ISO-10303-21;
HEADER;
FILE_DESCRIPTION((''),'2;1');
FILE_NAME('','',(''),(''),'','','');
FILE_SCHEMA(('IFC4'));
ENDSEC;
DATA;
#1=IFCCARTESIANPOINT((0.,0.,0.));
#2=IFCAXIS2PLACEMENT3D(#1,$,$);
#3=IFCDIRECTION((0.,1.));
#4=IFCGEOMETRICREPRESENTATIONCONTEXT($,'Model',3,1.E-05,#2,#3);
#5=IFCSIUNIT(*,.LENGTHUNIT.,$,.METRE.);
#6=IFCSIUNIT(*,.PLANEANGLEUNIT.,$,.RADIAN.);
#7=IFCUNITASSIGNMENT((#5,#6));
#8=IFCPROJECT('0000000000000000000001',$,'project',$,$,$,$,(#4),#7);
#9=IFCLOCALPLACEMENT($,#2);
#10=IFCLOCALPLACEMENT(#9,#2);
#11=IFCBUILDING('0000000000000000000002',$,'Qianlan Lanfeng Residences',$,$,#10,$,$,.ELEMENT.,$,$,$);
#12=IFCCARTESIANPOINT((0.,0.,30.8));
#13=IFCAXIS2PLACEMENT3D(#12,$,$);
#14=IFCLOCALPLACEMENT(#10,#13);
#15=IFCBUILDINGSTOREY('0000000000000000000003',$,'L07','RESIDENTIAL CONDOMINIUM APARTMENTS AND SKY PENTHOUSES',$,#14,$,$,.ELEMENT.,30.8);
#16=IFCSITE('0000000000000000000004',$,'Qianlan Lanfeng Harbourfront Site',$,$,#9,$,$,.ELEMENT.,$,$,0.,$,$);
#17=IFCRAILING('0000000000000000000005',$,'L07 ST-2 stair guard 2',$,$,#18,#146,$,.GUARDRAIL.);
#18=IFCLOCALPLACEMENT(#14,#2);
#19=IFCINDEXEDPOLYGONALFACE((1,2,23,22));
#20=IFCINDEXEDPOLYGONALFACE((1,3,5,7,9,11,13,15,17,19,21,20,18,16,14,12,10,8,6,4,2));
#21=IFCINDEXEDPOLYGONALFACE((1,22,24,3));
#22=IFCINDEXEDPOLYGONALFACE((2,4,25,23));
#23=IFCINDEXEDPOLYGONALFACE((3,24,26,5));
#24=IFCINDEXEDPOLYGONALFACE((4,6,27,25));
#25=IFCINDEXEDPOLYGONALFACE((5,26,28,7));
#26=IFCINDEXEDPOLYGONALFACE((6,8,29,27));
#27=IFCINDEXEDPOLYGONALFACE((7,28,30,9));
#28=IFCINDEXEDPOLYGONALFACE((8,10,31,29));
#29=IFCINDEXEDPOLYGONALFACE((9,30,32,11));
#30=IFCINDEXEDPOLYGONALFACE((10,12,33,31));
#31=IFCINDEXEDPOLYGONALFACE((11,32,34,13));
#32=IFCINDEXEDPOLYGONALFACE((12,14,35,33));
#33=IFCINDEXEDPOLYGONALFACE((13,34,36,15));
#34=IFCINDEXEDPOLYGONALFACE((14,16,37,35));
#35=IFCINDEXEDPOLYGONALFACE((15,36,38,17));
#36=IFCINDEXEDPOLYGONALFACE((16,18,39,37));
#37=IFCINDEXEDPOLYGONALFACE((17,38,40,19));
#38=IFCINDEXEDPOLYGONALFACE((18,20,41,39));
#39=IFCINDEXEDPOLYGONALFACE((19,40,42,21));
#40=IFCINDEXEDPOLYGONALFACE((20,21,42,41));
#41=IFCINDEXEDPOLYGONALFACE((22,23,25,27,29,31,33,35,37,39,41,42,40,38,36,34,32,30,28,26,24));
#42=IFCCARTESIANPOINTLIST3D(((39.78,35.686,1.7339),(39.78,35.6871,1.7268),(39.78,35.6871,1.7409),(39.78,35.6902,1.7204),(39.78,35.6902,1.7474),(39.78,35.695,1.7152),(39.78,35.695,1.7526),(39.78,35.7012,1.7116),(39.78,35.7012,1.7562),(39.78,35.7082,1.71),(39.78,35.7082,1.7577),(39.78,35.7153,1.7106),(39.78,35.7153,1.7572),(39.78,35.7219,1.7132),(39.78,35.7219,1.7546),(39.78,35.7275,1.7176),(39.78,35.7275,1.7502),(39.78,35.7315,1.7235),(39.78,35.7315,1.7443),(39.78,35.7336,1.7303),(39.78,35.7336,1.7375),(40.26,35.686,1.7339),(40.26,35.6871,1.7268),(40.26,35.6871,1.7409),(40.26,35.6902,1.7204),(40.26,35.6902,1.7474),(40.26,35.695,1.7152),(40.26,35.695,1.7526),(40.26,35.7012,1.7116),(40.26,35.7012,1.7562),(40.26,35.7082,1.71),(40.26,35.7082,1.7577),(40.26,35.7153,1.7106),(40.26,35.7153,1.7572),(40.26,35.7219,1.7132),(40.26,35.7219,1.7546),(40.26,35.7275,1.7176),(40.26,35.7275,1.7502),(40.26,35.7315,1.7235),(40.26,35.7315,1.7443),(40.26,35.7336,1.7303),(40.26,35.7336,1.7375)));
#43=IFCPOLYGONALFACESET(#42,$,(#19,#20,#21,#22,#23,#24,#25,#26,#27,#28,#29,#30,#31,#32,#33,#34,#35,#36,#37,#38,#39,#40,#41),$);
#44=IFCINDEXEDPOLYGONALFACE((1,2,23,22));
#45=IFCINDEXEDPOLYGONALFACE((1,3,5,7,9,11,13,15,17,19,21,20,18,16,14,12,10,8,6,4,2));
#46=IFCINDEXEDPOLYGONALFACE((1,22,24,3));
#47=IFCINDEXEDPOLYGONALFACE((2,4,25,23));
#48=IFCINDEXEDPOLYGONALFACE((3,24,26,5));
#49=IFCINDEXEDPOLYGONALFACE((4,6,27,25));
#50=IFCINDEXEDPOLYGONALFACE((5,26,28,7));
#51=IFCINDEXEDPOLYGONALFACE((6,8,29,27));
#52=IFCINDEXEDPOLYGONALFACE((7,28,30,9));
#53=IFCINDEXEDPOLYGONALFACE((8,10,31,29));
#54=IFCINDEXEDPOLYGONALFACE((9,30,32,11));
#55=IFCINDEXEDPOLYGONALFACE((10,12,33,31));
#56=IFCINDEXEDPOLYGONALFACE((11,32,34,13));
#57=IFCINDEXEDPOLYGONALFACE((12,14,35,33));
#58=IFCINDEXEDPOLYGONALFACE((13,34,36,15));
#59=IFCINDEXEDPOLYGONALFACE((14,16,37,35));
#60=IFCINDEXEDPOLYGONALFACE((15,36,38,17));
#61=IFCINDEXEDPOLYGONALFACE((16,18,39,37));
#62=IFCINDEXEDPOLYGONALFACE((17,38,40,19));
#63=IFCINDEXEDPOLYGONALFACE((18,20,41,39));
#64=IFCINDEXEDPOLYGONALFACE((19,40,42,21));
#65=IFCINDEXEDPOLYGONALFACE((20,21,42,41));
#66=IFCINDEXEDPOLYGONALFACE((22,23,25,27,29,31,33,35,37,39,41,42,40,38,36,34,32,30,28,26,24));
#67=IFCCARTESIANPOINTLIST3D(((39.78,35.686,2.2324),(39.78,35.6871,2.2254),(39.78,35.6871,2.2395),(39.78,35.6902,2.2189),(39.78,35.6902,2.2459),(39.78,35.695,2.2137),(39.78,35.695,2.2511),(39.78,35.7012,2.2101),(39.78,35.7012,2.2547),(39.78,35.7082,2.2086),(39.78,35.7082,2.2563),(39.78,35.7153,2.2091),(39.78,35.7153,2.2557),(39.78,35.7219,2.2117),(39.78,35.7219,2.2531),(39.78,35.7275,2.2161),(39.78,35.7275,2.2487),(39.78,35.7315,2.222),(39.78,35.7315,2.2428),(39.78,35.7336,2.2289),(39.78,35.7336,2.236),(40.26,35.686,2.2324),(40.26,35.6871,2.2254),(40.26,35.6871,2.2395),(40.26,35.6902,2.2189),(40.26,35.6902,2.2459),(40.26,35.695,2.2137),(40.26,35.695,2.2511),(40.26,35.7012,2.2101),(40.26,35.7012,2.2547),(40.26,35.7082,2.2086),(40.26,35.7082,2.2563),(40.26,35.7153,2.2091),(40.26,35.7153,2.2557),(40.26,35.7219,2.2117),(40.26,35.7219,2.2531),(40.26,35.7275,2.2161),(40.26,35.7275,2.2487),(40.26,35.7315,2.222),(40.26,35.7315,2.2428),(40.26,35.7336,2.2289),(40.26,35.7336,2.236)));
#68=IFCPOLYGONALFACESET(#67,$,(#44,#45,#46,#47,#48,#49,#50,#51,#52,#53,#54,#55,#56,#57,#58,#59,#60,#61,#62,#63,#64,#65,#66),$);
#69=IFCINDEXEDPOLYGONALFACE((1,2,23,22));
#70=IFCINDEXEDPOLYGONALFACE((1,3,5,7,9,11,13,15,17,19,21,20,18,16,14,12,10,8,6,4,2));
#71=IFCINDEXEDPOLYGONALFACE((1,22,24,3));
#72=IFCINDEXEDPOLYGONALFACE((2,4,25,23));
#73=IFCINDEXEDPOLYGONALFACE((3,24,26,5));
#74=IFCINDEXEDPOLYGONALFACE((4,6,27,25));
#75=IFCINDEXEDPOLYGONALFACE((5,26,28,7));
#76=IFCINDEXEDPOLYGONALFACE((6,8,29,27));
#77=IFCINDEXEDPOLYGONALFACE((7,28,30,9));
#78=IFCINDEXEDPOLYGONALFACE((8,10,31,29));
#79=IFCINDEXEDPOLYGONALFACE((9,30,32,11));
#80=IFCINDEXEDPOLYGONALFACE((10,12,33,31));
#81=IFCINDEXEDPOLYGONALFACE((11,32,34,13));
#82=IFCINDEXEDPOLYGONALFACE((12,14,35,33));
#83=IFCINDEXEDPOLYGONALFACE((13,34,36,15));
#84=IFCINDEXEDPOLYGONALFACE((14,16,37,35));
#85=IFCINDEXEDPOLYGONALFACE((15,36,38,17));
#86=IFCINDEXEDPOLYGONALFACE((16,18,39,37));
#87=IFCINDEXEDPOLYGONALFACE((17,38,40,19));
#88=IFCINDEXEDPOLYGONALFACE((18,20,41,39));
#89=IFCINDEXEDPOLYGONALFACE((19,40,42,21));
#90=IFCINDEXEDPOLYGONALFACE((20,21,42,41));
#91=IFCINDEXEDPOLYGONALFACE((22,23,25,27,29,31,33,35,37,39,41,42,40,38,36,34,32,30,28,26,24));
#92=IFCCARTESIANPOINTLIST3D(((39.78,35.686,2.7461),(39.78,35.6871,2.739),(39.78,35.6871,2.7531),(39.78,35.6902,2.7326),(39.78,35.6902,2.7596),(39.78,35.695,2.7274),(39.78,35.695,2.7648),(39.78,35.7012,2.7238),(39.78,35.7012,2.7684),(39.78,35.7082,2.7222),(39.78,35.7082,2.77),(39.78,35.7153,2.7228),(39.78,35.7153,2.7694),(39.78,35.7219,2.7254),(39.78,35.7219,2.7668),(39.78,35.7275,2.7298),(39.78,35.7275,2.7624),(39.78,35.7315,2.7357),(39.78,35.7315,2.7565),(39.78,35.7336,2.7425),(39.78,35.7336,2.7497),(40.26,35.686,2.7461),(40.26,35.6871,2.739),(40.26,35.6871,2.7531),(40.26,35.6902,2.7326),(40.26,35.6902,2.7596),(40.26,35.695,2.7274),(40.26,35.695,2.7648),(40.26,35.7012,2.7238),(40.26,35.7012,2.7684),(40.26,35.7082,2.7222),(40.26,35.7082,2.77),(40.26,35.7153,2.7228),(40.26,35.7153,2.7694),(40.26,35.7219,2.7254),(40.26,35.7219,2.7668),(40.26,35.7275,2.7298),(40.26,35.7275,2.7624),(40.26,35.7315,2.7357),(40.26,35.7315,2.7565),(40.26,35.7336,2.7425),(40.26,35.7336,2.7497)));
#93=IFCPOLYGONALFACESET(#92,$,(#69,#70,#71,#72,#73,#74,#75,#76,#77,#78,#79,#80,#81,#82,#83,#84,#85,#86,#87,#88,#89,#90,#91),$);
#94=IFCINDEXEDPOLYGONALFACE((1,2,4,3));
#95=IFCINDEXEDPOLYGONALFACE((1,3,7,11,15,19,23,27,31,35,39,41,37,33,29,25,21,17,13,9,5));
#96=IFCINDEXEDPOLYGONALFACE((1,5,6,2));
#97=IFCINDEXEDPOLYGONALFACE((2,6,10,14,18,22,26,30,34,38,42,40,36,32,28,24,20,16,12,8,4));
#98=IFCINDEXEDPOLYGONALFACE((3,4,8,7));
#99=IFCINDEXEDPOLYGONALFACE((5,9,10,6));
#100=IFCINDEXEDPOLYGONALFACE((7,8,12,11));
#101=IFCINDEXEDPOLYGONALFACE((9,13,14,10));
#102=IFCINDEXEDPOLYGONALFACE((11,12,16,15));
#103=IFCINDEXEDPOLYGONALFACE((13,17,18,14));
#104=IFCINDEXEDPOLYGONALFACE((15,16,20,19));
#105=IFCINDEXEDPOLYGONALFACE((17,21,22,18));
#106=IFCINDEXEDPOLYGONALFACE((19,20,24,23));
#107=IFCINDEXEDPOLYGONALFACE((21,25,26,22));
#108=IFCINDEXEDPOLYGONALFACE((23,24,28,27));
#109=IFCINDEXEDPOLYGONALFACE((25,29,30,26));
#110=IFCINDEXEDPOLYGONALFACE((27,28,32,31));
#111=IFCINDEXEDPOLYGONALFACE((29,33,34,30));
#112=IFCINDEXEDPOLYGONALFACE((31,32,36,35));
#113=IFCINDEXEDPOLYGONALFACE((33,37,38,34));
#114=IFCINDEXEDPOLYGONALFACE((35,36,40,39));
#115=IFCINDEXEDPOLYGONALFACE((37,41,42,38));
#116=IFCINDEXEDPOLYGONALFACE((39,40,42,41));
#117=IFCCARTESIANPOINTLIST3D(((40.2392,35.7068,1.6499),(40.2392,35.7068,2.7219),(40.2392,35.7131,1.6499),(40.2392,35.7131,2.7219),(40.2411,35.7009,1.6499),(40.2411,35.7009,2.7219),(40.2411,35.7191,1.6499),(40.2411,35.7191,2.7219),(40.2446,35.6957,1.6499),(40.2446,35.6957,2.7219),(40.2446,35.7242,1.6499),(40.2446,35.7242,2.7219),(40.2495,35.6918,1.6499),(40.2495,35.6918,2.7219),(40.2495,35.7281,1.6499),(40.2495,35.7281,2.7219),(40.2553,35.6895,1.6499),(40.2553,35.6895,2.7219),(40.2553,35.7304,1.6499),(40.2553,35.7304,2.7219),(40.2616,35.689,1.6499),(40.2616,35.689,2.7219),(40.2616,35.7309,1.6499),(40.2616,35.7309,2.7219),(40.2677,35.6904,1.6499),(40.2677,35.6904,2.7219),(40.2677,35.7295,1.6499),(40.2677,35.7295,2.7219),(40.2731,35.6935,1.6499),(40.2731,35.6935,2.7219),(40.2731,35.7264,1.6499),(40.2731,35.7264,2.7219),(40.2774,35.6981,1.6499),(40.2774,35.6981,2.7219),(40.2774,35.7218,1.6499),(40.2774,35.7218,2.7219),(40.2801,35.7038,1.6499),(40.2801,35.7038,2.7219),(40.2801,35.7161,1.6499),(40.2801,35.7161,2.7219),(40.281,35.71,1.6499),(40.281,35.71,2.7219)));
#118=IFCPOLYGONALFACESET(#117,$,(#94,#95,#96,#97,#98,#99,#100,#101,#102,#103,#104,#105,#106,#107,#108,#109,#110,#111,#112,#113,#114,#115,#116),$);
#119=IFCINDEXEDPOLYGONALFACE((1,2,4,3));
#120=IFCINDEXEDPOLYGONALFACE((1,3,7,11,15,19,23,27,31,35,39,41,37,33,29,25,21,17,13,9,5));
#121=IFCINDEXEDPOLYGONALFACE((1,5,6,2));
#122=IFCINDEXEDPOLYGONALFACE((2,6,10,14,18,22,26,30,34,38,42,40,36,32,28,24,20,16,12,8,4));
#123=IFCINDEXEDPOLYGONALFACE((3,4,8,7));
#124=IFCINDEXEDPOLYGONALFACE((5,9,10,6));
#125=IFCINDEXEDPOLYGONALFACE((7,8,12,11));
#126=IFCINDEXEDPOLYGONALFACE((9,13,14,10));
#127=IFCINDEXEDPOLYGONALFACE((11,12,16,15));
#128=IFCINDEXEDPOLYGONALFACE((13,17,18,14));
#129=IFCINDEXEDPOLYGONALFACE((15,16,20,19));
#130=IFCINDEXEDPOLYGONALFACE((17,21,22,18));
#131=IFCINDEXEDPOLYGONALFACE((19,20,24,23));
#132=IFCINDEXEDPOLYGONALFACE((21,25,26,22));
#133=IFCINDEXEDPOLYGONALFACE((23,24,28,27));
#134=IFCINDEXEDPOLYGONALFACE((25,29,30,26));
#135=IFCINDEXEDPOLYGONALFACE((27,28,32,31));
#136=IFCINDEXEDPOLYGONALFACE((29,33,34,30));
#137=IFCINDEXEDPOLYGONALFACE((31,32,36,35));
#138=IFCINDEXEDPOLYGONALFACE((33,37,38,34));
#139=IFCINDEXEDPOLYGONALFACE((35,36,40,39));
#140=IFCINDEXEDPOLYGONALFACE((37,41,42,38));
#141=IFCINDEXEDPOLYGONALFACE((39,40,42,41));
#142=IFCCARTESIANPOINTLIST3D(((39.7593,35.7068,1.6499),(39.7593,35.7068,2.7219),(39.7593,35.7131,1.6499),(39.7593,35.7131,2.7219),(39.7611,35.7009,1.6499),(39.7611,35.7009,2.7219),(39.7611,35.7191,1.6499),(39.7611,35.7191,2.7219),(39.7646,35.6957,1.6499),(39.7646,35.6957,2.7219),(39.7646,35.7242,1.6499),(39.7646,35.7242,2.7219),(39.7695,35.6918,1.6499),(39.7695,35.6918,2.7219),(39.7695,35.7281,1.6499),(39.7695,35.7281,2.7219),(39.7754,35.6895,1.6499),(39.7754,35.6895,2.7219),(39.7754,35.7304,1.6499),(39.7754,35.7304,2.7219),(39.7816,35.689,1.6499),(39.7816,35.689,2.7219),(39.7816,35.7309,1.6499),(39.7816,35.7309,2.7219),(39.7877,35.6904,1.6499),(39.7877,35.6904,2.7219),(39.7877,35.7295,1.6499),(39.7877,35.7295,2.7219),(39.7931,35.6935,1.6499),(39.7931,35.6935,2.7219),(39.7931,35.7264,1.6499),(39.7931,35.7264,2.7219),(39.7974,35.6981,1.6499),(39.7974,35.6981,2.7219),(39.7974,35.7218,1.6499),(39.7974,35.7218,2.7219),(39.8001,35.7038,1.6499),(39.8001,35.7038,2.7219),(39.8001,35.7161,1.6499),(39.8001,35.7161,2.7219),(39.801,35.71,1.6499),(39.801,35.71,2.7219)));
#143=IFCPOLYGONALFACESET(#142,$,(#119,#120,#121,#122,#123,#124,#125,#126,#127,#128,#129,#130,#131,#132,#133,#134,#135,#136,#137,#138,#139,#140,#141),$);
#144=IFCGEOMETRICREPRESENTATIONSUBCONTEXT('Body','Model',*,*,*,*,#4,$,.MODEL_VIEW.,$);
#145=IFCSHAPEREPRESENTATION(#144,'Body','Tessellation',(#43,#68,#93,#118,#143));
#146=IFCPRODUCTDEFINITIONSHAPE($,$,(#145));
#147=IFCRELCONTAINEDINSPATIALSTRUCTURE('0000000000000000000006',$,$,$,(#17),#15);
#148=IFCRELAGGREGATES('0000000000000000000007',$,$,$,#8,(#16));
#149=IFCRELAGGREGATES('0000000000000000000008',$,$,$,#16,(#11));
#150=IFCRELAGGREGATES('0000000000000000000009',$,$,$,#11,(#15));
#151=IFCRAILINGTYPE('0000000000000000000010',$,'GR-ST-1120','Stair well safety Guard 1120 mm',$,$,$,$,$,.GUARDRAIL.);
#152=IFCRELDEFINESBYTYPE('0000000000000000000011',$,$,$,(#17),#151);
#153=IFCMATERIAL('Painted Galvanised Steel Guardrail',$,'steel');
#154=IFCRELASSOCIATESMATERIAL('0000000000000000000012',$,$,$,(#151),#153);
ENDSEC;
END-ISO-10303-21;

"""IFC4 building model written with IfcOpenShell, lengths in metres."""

from ifc_helpers import new_model, si_unit, direction, frame, origin, origin_2d, place, context, subcontext, project, spatial, circle, extrude, material, type_object, element, save


model = new_model("IFC4")

# Units and contexts
model_context = context("Model", 3, precision=1e-05, world=origin(), true_north=direction((0.0, 1.0)))
body_context = subcontext(model_context, "Body", "Model", "MODEL_VIEW")
ifc_project = project(units=[si_unit("LENGTHUNIT", "METRE"), si_unit("PLANEANGLEUNIT", "RADIAN")], contexts=[model_context])

# Site, building, storey
site_placement = place(None, origin())
site = spatial("IfcSite", under=ifc_project, at=site_placement, Name="Qianlan Lanfeng Harbourfront Site", CompositionType="ELEMENT", RefElevation=0.0)
building_placement = place(site_placement, origin())
building = spatial("IfcBuilding", under=site, at=building_placement, Name="Qianlan Lanfeng Residences", CompositionType="ELEMENT")
storey_placement = place(building_placement, frame((0.0, 0.0, 30.8)))
storey = spatial("IfcBuildingStorey", under=building, at=storey_placement, Name="L07", Description="RESIDENTIAL CONDOMINIUM APARTMENTS AND SKY PENTHOUSES", CompositionType="ELEMENT", Elevation=30.8)

# Railing
ifc_material_1 = material(Name="Painted Galvanised Steel Guardrail", Category="steel")
railing_type_1 = type_object("IfcRailingType", Name="GR-ST-1120", Description="Stair well safety Guard 1120 mm", PredefinedType="GUARDRAIL", material=ifc_material_1)
railing_1_placement = place(storey_placement, frame((40.26, 35.71, 1.6499)))
element("IfcRailing", 1, at=railing_1_placement, inside=storey, type_object=railing_type_1, Name="L07 ST-2 stair guard 2", PredefinedType="GUARDRAIL", context=body_context, shape_type="SweptSolid", body=[
    extrude(circle(Radius=0.0239, at=origin_2d()), frame((0.0, 0.0, 0.084), z_axis=(-1.0, 0.0, 0.0), x_axis=(0.0, -1.0, 0.0)), (0.0, 0.0, 1.0), 0.48),
    extrude(circle(Radius=0.0239, at=origin_2d()), frame((0.0, 0.0, 0.5825), z_axis=(-1.0, 0.0, 0.0), x_axis=(0.0, -1.0, 0.0)), (0.0, 0.0, 1.0), 0.48),
    extrude(circle(Radius=0.0239, at=origin_2d()), frame((0.0, 0.0, 1.0962), z_axis=(-1.0, 0.0, 0.0), x_axis=(0.0, -1.0, 0.0)), (0.0, 0.0, 1.0), 0.48),
    extrude(circle(Radius=0.021, at=origin_2d()), origin(), (0.0, 0.0, 1.0), 1.072),
    extrude(circle(Radius=0.021, at=origin_2d()), frame((-0.48, 0.0, 0.0)), (0.0, 0.0, 1.0), 1.072),
])

save(model, "model.ifc")
